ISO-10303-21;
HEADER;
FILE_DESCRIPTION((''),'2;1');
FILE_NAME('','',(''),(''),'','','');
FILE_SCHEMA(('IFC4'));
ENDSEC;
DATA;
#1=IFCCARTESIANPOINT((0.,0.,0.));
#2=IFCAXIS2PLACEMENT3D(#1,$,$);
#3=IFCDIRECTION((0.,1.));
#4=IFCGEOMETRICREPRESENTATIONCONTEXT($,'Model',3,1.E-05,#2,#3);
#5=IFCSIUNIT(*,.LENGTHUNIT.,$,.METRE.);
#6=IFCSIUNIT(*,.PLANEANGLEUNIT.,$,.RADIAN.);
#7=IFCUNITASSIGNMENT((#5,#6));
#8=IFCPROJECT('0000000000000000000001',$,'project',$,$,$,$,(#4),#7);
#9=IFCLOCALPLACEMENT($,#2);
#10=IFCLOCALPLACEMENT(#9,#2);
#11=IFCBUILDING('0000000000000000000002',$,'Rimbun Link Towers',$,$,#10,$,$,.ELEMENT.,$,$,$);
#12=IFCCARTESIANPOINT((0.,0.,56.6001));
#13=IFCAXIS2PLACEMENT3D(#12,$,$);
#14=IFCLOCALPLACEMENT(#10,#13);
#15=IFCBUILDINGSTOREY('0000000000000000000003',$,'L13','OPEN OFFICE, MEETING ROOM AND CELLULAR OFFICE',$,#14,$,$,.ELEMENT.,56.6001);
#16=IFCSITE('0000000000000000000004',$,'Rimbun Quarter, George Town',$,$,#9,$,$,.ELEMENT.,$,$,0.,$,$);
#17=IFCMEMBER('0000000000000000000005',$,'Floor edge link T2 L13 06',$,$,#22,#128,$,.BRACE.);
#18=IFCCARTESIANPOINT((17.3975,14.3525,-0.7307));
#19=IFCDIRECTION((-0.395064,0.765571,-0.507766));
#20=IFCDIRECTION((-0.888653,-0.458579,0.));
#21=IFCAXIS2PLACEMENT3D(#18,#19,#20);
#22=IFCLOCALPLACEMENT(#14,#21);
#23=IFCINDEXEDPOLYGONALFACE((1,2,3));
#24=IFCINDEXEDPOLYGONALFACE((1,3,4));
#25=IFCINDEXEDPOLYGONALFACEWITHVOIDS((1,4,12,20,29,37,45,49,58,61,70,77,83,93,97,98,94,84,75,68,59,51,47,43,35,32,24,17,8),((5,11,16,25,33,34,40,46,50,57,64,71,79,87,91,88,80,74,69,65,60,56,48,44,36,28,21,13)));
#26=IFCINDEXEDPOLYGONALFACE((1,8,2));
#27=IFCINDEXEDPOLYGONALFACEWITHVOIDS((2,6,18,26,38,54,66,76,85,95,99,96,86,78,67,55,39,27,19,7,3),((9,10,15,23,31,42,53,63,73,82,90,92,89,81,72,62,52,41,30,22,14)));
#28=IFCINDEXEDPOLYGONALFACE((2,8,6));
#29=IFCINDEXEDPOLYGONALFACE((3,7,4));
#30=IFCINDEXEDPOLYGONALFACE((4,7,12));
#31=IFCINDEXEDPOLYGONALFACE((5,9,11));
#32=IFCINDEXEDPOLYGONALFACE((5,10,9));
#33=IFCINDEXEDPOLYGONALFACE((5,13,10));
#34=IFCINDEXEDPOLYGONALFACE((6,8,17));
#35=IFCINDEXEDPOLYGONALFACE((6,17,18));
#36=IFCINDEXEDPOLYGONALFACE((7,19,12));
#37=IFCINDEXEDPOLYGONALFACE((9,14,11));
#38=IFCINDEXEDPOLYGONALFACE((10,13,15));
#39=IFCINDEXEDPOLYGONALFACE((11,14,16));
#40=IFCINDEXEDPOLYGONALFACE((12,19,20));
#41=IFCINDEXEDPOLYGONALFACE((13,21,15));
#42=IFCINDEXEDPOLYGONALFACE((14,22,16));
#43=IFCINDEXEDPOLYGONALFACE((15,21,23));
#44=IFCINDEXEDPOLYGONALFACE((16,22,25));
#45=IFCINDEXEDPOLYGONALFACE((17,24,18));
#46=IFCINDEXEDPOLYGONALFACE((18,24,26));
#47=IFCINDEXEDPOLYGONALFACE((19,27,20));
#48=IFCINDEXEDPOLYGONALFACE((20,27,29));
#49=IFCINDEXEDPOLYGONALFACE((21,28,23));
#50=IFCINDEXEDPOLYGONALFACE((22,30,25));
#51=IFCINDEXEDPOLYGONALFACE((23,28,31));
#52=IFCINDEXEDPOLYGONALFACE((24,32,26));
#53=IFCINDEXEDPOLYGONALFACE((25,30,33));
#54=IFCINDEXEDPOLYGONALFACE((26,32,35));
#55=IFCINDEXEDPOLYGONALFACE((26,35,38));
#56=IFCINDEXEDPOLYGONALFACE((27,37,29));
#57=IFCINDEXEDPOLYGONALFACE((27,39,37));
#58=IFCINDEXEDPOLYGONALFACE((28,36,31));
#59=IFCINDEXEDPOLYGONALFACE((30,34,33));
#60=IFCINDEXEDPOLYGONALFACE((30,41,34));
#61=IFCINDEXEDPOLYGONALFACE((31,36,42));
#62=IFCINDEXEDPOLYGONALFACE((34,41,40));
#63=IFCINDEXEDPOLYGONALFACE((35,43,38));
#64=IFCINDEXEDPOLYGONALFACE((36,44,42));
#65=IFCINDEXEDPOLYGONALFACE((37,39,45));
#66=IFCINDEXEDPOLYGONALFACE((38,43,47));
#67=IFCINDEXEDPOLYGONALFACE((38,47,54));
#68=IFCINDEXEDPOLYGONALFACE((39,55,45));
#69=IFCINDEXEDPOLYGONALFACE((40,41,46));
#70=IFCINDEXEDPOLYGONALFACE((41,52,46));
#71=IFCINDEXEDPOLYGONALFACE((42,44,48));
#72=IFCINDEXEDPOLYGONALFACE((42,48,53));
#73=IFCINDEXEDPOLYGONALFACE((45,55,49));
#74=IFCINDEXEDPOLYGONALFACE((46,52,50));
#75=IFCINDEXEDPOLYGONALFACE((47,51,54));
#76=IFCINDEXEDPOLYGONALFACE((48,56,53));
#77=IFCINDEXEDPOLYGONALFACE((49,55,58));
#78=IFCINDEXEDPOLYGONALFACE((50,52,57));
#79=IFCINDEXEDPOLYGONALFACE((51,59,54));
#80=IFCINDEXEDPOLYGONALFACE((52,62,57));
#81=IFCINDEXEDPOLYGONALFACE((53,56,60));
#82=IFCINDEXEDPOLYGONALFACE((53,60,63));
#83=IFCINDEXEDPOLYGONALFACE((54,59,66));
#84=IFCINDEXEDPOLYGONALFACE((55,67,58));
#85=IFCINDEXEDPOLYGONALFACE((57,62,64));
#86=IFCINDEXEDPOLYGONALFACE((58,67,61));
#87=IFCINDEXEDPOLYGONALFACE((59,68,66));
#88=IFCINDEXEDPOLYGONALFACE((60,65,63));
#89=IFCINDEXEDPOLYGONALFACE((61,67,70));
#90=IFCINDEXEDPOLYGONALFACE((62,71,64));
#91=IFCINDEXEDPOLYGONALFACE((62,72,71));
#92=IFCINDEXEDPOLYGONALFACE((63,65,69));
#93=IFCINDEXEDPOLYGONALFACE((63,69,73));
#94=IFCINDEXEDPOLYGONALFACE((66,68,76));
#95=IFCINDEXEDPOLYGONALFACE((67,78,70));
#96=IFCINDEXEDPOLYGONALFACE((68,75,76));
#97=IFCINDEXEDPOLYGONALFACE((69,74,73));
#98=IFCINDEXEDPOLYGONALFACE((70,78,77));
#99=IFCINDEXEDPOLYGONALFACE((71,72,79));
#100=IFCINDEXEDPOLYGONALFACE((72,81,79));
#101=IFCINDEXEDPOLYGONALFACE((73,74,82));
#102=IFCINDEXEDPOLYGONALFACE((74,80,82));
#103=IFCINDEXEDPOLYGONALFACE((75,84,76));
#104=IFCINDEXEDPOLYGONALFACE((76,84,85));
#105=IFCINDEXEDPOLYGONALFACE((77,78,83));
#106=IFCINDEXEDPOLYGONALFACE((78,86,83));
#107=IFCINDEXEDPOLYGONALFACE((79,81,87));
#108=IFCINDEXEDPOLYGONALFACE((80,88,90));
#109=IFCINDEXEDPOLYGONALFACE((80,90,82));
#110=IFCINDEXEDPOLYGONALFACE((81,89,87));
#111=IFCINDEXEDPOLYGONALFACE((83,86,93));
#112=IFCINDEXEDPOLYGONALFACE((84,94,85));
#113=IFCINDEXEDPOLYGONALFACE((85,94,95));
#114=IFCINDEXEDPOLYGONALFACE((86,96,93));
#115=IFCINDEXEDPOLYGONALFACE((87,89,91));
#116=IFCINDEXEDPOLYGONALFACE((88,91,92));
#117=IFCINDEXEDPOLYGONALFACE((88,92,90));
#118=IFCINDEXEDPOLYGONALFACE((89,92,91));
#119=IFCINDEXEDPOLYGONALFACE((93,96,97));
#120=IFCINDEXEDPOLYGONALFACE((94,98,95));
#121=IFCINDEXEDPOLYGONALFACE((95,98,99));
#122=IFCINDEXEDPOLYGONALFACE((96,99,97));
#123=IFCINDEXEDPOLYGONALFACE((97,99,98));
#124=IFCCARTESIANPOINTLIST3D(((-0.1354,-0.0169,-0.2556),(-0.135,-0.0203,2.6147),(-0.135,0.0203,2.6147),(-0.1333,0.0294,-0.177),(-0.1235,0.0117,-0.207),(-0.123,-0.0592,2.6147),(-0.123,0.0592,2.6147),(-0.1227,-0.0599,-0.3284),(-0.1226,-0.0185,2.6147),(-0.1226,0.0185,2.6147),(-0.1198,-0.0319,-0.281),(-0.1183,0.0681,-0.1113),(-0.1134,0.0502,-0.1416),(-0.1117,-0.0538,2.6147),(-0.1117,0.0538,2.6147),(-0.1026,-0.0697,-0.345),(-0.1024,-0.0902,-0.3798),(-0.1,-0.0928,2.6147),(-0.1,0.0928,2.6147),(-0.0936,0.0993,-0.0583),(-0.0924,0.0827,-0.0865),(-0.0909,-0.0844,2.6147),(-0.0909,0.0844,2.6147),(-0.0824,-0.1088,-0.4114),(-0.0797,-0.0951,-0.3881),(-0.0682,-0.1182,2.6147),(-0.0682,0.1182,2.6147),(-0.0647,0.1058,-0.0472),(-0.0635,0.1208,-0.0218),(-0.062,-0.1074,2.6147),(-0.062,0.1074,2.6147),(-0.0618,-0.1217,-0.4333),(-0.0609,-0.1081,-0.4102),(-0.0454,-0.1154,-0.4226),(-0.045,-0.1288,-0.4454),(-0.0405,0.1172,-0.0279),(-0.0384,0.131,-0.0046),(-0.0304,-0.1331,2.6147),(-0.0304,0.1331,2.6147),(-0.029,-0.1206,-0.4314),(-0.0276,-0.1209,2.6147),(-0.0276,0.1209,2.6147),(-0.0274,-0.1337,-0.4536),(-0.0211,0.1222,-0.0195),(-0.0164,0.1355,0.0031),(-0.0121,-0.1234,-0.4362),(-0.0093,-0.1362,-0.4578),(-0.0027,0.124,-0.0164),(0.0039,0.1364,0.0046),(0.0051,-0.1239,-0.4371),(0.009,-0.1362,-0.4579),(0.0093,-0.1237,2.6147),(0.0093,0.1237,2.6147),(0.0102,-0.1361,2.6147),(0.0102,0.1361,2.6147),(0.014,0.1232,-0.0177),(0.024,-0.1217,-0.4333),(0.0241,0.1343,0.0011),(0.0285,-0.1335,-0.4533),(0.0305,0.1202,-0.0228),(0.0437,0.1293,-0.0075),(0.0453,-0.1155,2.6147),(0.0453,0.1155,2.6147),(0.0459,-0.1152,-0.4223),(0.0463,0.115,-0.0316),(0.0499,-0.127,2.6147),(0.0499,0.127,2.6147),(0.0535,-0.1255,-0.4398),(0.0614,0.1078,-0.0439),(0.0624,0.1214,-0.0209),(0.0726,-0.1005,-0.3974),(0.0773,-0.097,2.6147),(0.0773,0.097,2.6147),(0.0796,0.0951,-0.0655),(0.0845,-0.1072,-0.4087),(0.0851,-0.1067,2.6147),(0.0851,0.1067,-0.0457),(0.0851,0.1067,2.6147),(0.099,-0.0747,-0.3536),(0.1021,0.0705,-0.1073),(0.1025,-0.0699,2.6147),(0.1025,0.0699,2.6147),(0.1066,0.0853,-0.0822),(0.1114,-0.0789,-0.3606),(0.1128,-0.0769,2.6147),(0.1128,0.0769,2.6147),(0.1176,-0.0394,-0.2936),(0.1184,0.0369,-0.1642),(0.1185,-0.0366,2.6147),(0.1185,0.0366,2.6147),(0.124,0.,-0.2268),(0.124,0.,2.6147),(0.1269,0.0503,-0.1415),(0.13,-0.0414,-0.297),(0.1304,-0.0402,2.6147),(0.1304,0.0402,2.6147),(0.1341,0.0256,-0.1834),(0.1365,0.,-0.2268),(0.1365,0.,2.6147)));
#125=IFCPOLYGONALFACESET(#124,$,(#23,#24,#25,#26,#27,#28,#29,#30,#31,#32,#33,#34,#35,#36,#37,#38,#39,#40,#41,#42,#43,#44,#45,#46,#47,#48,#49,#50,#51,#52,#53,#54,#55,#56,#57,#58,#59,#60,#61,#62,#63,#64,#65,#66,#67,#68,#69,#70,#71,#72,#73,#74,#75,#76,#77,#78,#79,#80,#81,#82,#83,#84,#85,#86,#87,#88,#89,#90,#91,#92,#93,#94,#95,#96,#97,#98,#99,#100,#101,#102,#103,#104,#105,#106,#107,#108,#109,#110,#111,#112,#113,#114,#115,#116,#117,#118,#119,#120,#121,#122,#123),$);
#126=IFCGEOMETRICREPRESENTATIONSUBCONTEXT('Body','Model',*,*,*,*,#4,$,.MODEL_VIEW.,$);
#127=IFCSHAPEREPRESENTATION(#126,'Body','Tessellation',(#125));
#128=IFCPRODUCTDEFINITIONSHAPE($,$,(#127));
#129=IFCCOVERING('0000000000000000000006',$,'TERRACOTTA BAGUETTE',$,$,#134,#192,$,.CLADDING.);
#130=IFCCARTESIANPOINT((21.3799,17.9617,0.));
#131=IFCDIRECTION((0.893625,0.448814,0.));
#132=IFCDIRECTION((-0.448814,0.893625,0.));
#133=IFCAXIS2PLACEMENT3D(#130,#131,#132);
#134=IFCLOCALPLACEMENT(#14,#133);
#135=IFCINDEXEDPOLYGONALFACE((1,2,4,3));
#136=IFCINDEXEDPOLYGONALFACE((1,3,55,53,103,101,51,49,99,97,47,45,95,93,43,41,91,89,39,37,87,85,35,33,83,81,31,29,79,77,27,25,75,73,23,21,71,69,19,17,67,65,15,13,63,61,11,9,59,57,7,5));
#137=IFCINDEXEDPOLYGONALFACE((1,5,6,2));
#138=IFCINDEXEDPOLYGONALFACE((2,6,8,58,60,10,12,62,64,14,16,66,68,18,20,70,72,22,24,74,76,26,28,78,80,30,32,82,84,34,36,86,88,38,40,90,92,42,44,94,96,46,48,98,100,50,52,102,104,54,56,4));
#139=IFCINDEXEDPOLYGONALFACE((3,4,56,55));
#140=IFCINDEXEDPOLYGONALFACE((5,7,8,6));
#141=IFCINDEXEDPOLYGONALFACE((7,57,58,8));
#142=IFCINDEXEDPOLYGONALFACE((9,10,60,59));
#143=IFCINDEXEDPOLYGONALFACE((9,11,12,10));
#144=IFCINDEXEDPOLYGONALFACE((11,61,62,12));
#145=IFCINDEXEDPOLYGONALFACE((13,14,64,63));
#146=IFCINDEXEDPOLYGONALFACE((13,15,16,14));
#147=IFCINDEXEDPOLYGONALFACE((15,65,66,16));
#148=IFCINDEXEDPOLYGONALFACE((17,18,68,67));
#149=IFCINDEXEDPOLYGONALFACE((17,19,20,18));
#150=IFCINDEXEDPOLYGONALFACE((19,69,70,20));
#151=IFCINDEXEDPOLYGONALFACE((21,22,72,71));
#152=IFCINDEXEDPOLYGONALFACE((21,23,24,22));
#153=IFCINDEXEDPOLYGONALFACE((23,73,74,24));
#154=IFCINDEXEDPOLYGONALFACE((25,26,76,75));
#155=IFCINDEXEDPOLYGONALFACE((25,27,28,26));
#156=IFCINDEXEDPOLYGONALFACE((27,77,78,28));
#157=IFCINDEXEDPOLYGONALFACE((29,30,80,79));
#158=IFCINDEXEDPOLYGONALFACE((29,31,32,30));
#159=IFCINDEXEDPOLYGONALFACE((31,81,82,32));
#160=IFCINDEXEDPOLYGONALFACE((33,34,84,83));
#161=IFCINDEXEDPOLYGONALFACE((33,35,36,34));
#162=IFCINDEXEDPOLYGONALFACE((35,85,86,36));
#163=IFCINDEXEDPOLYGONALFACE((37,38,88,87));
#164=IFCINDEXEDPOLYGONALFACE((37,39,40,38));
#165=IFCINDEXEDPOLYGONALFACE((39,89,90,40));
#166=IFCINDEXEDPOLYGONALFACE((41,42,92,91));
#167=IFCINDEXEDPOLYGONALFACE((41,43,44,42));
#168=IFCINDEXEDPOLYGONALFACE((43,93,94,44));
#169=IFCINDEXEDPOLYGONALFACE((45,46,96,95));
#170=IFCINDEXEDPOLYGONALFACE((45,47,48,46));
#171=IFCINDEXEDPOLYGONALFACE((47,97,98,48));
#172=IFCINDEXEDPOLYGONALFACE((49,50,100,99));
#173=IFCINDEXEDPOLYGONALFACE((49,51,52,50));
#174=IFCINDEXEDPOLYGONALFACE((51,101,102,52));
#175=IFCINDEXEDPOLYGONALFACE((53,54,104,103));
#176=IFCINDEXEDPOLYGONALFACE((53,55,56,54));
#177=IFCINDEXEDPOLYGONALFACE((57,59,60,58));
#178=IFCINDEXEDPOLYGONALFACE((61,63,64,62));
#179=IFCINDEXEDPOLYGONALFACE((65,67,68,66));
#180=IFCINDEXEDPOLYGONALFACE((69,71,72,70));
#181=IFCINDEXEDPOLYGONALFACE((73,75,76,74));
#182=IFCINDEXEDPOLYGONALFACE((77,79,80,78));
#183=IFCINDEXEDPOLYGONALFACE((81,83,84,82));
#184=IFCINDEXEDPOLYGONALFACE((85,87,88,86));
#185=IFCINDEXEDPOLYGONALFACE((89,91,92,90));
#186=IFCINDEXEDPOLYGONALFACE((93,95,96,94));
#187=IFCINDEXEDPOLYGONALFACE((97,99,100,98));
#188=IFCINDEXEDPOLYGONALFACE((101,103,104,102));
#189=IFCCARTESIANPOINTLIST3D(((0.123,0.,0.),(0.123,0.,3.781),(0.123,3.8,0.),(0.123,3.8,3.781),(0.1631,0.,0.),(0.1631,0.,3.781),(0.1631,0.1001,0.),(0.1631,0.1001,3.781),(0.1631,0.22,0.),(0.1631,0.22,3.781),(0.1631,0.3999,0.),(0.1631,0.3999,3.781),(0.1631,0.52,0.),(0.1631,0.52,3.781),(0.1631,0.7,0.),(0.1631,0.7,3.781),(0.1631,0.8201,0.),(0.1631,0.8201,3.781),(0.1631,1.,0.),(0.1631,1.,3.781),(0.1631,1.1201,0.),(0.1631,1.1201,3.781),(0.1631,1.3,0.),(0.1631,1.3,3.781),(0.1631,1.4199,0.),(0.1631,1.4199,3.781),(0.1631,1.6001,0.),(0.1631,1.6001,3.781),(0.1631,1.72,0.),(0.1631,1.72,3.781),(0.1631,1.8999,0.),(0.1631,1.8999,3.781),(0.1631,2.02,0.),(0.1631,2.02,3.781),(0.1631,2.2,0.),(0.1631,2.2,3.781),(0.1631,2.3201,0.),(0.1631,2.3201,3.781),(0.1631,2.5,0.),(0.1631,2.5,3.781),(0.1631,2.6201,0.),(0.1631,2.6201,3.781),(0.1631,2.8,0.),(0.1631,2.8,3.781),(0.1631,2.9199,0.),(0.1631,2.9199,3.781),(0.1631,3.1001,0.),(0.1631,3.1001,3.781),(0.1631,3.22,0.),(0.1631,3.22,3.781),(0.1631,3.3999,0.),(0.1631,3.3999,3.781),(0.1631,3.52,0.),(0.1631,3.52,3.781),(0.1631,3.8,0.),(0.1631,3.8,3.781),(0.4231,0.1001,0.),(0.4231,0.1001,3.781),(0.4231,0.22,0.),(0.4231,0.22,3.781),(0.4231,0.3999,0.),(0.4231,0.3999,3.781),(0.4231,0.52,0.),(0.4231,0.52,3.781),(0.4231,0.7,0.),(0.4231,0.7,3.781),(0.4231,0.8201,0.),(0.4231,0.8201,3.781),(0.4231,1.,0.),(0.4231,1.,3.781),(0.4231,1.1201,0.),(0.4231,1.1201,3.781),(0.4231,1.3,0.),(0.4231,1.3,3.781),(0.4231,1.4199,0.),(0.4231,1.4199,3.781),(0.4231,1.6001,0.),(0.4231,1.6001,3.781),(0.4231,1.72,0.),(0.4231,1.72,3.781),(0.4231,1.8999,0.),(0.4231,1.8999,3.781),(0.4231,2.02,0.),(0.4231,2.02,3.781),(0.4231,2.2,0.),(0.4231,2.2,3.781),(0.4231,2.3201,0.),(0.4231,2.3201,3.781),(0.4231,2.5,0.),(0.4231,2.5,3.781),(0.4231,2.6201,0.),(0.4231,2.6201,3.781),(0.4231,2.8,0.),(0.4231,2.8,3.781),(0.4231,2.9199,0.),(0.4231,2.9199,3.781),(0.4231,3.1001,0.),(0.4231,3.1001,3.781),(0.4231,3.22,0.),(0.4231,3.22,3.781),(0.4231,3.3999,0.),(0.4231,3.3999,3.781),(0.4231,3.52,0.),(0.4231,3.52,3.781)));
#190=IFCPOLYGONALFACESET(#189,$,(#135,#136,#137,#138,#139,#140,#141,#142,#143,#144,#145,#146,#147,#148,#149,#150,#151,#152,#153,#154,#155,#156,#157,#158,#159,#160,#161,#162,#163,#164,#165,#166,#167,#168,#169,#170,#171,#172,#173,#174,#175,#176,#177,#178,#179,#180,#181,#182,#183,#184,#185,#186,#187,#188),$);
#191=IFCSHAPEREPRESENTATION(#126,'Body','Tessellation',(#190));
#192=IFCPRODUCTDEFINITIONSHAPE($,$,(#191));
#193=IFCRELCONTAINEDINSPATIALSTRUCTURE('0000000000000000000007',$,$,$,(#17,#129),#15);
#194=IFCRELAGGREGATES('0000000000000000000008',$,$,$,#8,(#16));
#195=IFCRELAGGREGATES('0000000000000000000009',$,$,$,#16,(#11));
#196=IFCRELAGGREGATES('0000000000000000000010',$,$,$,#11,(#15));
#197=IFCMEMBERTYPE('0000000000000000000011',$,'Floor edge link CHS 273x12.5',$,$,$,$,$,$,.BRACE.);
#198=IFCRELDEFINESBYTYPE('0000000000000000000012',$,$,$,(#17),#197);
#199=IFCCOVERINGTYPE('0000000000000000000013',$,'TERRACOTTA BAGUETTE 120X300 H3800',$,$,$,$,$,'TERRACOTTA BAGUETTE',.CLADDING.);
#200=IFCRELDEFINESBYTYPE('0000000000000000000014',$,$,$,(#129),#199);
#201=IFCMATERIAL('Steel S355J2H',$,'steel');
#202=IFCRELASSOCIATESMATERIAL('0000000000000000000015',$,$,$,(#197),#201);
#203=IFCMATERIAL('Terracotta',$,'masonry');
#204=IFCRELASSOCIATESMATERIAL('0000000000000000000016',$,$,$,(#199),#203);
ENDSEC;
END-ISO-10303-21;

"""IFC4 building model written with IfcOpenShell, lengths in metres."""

from ifc_helpers import new_model, si_unit, direction, frame, origin, origin_2d, place, context, subcontext, project, spatial, polyline, hollow_circle, outline, extrude, clip, halfspace, material, material_profile, profile_set, type_object, element, save


model = new_model("IFC4")

# Units and contexts
model_context = context("Model", 3, precision=1e-05, world=origin(), true_north=direction((0.0, 1.0)))
body_context = subcontext(model_context, "Body", "Model", "MODEL_VIEW")
ifc_project = project(units=[si_unit("LENGTHUNIT", "METRE"), si_unit("PLANEANGLEUNIT", "RADIAN")], contexts=[model_context])

# Site, building, storey
site_placement = place(None, origin())
site = spatial("IfcSite", under=ifc_project, at=site_placement, Name="Rimbun Quarter, George Town", CompositionType="ELEMENT", RefElevation=0.0)
building_placement = place(site_placement, origin())
building = spatial("IfcBuilding", under=site, at=building_placement, Name="Rimbun Link Towers", CompositionType="ELEMENT")
storey_placement = place(building_placement, frame((0.0, 0.0, 56.6001)))
storey = spatial("IfcBuildingStorey", under=building, at=storey_placement, Name="L13", Description="OPEN OFFICE, MEETING ROOM AND CELLULAR OFFICE", CompositionType="ELEMENT", Elevation=56.6001)

# Member
ifc_material_1 = material(Name="Steel S355J2H", Category="steel")
ifc_material_profile_1 = material_profile(ifc_material_1, hollow_circle(Radius=0.1365, WallThickness=0.0125, at=origin_2d()), Name="CHS 273x12.5")
ifc_profile_set_1 = profile_set([ifc_material_profile_1], Name="Steel S355J2H")
member_type_1 = type_object("IfcMemberType", Name="Floor edge link CHS 273x12.5", PredefinedType="BRACE", material=ifc_profile_set_1)
member_1_placement = place(storey_placement, frame((17.3975, 14.3525, -0.7307), z_axis=(-0.395064, 0.765571, -0.507766), x_axis=(-0.888653, -0.458579, 0.0)))
element("IfcMember", 1, at=member_1_placement, inside=storey, type_object=member_type_1, Name="Floor edge link T2 L13 06", PredefinedType="BRACE", context=body_context, shape_type="Clipping", body=[
    clip(extrude(hollow_circle(Radius=0.1365, WallThickness=0.0125, at=origin_2d()), frame((0.0, 0.0, -0.4829)), (0.0, 0.0, 1.0), 3.0977), halfspace(frame((0.0, 0.0, -0.2268), z_axis=(0.0, 0.861495, -0.507766)), False)),
])

# Covering
ifc_material_2 = material(Name="Terracotta", Category="masonry")
ifc_material_profile_2 = material_profile(ifc_material_2, outline(polyline([(0.123, 0.0), (0.1631, 0.0), (0.1631, 0.1001), (0.4231, 0.1001), (0.4231, 0.22), (0.1631, 0.22), (0.1631, 0.3999), (0.4231, 0.3999), (0.4231, 0.52), (0.1631, 0.52), (0.1631, 0.7), (0.4231, 0.7), (0.4231, 0.8201), (0.1631, 0.8201), (0.1631, 1.0), (0.4231, 1.0), (0.4231, 1.1201), (0.1631, 1.1201), (0.1631, 1.3), (0.4231, 1.3), (0.4231, 1.4199), (0.1631, 1.4199), (0.1631, 1.6001), (0.4231, 1.6001), (0.4231, 1.72), (0.1631, 1.72), (0.1631, 1.8999), (0.4231, 1.8999), (0.4231, 2.02), (0.1631, 2.02), (0.1631, 2.2), (0.4231, 2.2), (0.4231, 2.3201), (0.1631, 2.3201), (0.1631, 2.5), (0.4231, 2.5), (0.4231, 2.6201), (0.1631, 2.6201), (0.1631, 2.8), (0.4231, 2.8), (0.4231, 2.9199), (0.1631, 2.9199), (0.1631, 3.1001), (0.4231, 3.1001), (0.4231, 3.22), (0.1631, 3.22), (0.1631, 3.3999), (0.4231, 3.3999), (0.4231, 3.52), (0.1631, 3.52), (0.1631, 3.8), (0.123, 3.8), (0.123, 0.0)])), Name="BAGUETTE 120X300")
ifc_profile_set_2 = profile_set([ifc_material_profile_2], Name="Terracotta")
covering_type = type_object("IfcCoveringType", Name="TERRACOTTA BAGUETTE 120X300 H3800", ElementType="TERRACOTTA BAGUETTE", PredefinedType="CLADDING", material=ifc_profile_set_2)
covering_1_placement = place(storey_placement, frame((21.3799, 17.9617, 0.0), z_axis=(0.893625, 0.448814, 0.0), x_axis=(-0.448814, 0.893625, 0.0)))
element("IfcCovering", 2, at=covering_1_placement, inside=storey, type_object=covering_type, Name="TERRACOTTA BAGUETTE", PredefinedType="CLADDING", context=body_context, shape_type="SweptSolid", body=[
    extrude(outline(polyline([(0.123, 0.0), (0.1631, 0.0), (0.1631, 0.1001), (0.4231, 0.1001), (0.4231, 0.22), (0.1631, 0.22), (0.1631, 0.3999), (0.4231, 0.3999), (0.4231, 0.52), (0.1631, 0.52), (0.1631, 0.7), (0.4231, 0.7), (0.4231, 0.8201), (0.1631, 0.8201), (0.1631, 1.0), (0.4231, 1.0), (0.4231, 1.1201), (0.1631, 1.1201), (0.1631, 1.3), (0.4231, 1.3), (0.4231, 1.4199), (0.1631, 1.4199), (0.1631, 1.6001), (0.4231, 1.6001), (0.4231, 1.72), (0.1631, 1.72), (0.1631, 1.8999), (0.4231, 1.8999), (0.4231, 2.02), (0.1631, 2.02), (0.1631, 2.2), (0.4231, 2.2), (0.4231, 2.3201), (0.1631, 2.3201), (0.1631, 2.5), (0.4231, 2.5), (0.4231, 2.6201), (0.1631, 2.6201), (0.1631, 2.8), (0.4231, 2.8), (0.4231, 2.9199), (0.1631, 2.9199), (0.1631, 3.1001), (0.4231, 3.1001), (0.4231, 3.22), (0.1631, 3.22), (0.1631, 3.3999), (0.4231, 3.3999), (0.4231, 3.52), (0.1631, 3.52), (0.1631, 3.8), (0.123, 3.8), (0.123, 0.0)])), origin(), (0.0, 0.0, 1.0), 3.781),
])

save(model, "model.ifc")
